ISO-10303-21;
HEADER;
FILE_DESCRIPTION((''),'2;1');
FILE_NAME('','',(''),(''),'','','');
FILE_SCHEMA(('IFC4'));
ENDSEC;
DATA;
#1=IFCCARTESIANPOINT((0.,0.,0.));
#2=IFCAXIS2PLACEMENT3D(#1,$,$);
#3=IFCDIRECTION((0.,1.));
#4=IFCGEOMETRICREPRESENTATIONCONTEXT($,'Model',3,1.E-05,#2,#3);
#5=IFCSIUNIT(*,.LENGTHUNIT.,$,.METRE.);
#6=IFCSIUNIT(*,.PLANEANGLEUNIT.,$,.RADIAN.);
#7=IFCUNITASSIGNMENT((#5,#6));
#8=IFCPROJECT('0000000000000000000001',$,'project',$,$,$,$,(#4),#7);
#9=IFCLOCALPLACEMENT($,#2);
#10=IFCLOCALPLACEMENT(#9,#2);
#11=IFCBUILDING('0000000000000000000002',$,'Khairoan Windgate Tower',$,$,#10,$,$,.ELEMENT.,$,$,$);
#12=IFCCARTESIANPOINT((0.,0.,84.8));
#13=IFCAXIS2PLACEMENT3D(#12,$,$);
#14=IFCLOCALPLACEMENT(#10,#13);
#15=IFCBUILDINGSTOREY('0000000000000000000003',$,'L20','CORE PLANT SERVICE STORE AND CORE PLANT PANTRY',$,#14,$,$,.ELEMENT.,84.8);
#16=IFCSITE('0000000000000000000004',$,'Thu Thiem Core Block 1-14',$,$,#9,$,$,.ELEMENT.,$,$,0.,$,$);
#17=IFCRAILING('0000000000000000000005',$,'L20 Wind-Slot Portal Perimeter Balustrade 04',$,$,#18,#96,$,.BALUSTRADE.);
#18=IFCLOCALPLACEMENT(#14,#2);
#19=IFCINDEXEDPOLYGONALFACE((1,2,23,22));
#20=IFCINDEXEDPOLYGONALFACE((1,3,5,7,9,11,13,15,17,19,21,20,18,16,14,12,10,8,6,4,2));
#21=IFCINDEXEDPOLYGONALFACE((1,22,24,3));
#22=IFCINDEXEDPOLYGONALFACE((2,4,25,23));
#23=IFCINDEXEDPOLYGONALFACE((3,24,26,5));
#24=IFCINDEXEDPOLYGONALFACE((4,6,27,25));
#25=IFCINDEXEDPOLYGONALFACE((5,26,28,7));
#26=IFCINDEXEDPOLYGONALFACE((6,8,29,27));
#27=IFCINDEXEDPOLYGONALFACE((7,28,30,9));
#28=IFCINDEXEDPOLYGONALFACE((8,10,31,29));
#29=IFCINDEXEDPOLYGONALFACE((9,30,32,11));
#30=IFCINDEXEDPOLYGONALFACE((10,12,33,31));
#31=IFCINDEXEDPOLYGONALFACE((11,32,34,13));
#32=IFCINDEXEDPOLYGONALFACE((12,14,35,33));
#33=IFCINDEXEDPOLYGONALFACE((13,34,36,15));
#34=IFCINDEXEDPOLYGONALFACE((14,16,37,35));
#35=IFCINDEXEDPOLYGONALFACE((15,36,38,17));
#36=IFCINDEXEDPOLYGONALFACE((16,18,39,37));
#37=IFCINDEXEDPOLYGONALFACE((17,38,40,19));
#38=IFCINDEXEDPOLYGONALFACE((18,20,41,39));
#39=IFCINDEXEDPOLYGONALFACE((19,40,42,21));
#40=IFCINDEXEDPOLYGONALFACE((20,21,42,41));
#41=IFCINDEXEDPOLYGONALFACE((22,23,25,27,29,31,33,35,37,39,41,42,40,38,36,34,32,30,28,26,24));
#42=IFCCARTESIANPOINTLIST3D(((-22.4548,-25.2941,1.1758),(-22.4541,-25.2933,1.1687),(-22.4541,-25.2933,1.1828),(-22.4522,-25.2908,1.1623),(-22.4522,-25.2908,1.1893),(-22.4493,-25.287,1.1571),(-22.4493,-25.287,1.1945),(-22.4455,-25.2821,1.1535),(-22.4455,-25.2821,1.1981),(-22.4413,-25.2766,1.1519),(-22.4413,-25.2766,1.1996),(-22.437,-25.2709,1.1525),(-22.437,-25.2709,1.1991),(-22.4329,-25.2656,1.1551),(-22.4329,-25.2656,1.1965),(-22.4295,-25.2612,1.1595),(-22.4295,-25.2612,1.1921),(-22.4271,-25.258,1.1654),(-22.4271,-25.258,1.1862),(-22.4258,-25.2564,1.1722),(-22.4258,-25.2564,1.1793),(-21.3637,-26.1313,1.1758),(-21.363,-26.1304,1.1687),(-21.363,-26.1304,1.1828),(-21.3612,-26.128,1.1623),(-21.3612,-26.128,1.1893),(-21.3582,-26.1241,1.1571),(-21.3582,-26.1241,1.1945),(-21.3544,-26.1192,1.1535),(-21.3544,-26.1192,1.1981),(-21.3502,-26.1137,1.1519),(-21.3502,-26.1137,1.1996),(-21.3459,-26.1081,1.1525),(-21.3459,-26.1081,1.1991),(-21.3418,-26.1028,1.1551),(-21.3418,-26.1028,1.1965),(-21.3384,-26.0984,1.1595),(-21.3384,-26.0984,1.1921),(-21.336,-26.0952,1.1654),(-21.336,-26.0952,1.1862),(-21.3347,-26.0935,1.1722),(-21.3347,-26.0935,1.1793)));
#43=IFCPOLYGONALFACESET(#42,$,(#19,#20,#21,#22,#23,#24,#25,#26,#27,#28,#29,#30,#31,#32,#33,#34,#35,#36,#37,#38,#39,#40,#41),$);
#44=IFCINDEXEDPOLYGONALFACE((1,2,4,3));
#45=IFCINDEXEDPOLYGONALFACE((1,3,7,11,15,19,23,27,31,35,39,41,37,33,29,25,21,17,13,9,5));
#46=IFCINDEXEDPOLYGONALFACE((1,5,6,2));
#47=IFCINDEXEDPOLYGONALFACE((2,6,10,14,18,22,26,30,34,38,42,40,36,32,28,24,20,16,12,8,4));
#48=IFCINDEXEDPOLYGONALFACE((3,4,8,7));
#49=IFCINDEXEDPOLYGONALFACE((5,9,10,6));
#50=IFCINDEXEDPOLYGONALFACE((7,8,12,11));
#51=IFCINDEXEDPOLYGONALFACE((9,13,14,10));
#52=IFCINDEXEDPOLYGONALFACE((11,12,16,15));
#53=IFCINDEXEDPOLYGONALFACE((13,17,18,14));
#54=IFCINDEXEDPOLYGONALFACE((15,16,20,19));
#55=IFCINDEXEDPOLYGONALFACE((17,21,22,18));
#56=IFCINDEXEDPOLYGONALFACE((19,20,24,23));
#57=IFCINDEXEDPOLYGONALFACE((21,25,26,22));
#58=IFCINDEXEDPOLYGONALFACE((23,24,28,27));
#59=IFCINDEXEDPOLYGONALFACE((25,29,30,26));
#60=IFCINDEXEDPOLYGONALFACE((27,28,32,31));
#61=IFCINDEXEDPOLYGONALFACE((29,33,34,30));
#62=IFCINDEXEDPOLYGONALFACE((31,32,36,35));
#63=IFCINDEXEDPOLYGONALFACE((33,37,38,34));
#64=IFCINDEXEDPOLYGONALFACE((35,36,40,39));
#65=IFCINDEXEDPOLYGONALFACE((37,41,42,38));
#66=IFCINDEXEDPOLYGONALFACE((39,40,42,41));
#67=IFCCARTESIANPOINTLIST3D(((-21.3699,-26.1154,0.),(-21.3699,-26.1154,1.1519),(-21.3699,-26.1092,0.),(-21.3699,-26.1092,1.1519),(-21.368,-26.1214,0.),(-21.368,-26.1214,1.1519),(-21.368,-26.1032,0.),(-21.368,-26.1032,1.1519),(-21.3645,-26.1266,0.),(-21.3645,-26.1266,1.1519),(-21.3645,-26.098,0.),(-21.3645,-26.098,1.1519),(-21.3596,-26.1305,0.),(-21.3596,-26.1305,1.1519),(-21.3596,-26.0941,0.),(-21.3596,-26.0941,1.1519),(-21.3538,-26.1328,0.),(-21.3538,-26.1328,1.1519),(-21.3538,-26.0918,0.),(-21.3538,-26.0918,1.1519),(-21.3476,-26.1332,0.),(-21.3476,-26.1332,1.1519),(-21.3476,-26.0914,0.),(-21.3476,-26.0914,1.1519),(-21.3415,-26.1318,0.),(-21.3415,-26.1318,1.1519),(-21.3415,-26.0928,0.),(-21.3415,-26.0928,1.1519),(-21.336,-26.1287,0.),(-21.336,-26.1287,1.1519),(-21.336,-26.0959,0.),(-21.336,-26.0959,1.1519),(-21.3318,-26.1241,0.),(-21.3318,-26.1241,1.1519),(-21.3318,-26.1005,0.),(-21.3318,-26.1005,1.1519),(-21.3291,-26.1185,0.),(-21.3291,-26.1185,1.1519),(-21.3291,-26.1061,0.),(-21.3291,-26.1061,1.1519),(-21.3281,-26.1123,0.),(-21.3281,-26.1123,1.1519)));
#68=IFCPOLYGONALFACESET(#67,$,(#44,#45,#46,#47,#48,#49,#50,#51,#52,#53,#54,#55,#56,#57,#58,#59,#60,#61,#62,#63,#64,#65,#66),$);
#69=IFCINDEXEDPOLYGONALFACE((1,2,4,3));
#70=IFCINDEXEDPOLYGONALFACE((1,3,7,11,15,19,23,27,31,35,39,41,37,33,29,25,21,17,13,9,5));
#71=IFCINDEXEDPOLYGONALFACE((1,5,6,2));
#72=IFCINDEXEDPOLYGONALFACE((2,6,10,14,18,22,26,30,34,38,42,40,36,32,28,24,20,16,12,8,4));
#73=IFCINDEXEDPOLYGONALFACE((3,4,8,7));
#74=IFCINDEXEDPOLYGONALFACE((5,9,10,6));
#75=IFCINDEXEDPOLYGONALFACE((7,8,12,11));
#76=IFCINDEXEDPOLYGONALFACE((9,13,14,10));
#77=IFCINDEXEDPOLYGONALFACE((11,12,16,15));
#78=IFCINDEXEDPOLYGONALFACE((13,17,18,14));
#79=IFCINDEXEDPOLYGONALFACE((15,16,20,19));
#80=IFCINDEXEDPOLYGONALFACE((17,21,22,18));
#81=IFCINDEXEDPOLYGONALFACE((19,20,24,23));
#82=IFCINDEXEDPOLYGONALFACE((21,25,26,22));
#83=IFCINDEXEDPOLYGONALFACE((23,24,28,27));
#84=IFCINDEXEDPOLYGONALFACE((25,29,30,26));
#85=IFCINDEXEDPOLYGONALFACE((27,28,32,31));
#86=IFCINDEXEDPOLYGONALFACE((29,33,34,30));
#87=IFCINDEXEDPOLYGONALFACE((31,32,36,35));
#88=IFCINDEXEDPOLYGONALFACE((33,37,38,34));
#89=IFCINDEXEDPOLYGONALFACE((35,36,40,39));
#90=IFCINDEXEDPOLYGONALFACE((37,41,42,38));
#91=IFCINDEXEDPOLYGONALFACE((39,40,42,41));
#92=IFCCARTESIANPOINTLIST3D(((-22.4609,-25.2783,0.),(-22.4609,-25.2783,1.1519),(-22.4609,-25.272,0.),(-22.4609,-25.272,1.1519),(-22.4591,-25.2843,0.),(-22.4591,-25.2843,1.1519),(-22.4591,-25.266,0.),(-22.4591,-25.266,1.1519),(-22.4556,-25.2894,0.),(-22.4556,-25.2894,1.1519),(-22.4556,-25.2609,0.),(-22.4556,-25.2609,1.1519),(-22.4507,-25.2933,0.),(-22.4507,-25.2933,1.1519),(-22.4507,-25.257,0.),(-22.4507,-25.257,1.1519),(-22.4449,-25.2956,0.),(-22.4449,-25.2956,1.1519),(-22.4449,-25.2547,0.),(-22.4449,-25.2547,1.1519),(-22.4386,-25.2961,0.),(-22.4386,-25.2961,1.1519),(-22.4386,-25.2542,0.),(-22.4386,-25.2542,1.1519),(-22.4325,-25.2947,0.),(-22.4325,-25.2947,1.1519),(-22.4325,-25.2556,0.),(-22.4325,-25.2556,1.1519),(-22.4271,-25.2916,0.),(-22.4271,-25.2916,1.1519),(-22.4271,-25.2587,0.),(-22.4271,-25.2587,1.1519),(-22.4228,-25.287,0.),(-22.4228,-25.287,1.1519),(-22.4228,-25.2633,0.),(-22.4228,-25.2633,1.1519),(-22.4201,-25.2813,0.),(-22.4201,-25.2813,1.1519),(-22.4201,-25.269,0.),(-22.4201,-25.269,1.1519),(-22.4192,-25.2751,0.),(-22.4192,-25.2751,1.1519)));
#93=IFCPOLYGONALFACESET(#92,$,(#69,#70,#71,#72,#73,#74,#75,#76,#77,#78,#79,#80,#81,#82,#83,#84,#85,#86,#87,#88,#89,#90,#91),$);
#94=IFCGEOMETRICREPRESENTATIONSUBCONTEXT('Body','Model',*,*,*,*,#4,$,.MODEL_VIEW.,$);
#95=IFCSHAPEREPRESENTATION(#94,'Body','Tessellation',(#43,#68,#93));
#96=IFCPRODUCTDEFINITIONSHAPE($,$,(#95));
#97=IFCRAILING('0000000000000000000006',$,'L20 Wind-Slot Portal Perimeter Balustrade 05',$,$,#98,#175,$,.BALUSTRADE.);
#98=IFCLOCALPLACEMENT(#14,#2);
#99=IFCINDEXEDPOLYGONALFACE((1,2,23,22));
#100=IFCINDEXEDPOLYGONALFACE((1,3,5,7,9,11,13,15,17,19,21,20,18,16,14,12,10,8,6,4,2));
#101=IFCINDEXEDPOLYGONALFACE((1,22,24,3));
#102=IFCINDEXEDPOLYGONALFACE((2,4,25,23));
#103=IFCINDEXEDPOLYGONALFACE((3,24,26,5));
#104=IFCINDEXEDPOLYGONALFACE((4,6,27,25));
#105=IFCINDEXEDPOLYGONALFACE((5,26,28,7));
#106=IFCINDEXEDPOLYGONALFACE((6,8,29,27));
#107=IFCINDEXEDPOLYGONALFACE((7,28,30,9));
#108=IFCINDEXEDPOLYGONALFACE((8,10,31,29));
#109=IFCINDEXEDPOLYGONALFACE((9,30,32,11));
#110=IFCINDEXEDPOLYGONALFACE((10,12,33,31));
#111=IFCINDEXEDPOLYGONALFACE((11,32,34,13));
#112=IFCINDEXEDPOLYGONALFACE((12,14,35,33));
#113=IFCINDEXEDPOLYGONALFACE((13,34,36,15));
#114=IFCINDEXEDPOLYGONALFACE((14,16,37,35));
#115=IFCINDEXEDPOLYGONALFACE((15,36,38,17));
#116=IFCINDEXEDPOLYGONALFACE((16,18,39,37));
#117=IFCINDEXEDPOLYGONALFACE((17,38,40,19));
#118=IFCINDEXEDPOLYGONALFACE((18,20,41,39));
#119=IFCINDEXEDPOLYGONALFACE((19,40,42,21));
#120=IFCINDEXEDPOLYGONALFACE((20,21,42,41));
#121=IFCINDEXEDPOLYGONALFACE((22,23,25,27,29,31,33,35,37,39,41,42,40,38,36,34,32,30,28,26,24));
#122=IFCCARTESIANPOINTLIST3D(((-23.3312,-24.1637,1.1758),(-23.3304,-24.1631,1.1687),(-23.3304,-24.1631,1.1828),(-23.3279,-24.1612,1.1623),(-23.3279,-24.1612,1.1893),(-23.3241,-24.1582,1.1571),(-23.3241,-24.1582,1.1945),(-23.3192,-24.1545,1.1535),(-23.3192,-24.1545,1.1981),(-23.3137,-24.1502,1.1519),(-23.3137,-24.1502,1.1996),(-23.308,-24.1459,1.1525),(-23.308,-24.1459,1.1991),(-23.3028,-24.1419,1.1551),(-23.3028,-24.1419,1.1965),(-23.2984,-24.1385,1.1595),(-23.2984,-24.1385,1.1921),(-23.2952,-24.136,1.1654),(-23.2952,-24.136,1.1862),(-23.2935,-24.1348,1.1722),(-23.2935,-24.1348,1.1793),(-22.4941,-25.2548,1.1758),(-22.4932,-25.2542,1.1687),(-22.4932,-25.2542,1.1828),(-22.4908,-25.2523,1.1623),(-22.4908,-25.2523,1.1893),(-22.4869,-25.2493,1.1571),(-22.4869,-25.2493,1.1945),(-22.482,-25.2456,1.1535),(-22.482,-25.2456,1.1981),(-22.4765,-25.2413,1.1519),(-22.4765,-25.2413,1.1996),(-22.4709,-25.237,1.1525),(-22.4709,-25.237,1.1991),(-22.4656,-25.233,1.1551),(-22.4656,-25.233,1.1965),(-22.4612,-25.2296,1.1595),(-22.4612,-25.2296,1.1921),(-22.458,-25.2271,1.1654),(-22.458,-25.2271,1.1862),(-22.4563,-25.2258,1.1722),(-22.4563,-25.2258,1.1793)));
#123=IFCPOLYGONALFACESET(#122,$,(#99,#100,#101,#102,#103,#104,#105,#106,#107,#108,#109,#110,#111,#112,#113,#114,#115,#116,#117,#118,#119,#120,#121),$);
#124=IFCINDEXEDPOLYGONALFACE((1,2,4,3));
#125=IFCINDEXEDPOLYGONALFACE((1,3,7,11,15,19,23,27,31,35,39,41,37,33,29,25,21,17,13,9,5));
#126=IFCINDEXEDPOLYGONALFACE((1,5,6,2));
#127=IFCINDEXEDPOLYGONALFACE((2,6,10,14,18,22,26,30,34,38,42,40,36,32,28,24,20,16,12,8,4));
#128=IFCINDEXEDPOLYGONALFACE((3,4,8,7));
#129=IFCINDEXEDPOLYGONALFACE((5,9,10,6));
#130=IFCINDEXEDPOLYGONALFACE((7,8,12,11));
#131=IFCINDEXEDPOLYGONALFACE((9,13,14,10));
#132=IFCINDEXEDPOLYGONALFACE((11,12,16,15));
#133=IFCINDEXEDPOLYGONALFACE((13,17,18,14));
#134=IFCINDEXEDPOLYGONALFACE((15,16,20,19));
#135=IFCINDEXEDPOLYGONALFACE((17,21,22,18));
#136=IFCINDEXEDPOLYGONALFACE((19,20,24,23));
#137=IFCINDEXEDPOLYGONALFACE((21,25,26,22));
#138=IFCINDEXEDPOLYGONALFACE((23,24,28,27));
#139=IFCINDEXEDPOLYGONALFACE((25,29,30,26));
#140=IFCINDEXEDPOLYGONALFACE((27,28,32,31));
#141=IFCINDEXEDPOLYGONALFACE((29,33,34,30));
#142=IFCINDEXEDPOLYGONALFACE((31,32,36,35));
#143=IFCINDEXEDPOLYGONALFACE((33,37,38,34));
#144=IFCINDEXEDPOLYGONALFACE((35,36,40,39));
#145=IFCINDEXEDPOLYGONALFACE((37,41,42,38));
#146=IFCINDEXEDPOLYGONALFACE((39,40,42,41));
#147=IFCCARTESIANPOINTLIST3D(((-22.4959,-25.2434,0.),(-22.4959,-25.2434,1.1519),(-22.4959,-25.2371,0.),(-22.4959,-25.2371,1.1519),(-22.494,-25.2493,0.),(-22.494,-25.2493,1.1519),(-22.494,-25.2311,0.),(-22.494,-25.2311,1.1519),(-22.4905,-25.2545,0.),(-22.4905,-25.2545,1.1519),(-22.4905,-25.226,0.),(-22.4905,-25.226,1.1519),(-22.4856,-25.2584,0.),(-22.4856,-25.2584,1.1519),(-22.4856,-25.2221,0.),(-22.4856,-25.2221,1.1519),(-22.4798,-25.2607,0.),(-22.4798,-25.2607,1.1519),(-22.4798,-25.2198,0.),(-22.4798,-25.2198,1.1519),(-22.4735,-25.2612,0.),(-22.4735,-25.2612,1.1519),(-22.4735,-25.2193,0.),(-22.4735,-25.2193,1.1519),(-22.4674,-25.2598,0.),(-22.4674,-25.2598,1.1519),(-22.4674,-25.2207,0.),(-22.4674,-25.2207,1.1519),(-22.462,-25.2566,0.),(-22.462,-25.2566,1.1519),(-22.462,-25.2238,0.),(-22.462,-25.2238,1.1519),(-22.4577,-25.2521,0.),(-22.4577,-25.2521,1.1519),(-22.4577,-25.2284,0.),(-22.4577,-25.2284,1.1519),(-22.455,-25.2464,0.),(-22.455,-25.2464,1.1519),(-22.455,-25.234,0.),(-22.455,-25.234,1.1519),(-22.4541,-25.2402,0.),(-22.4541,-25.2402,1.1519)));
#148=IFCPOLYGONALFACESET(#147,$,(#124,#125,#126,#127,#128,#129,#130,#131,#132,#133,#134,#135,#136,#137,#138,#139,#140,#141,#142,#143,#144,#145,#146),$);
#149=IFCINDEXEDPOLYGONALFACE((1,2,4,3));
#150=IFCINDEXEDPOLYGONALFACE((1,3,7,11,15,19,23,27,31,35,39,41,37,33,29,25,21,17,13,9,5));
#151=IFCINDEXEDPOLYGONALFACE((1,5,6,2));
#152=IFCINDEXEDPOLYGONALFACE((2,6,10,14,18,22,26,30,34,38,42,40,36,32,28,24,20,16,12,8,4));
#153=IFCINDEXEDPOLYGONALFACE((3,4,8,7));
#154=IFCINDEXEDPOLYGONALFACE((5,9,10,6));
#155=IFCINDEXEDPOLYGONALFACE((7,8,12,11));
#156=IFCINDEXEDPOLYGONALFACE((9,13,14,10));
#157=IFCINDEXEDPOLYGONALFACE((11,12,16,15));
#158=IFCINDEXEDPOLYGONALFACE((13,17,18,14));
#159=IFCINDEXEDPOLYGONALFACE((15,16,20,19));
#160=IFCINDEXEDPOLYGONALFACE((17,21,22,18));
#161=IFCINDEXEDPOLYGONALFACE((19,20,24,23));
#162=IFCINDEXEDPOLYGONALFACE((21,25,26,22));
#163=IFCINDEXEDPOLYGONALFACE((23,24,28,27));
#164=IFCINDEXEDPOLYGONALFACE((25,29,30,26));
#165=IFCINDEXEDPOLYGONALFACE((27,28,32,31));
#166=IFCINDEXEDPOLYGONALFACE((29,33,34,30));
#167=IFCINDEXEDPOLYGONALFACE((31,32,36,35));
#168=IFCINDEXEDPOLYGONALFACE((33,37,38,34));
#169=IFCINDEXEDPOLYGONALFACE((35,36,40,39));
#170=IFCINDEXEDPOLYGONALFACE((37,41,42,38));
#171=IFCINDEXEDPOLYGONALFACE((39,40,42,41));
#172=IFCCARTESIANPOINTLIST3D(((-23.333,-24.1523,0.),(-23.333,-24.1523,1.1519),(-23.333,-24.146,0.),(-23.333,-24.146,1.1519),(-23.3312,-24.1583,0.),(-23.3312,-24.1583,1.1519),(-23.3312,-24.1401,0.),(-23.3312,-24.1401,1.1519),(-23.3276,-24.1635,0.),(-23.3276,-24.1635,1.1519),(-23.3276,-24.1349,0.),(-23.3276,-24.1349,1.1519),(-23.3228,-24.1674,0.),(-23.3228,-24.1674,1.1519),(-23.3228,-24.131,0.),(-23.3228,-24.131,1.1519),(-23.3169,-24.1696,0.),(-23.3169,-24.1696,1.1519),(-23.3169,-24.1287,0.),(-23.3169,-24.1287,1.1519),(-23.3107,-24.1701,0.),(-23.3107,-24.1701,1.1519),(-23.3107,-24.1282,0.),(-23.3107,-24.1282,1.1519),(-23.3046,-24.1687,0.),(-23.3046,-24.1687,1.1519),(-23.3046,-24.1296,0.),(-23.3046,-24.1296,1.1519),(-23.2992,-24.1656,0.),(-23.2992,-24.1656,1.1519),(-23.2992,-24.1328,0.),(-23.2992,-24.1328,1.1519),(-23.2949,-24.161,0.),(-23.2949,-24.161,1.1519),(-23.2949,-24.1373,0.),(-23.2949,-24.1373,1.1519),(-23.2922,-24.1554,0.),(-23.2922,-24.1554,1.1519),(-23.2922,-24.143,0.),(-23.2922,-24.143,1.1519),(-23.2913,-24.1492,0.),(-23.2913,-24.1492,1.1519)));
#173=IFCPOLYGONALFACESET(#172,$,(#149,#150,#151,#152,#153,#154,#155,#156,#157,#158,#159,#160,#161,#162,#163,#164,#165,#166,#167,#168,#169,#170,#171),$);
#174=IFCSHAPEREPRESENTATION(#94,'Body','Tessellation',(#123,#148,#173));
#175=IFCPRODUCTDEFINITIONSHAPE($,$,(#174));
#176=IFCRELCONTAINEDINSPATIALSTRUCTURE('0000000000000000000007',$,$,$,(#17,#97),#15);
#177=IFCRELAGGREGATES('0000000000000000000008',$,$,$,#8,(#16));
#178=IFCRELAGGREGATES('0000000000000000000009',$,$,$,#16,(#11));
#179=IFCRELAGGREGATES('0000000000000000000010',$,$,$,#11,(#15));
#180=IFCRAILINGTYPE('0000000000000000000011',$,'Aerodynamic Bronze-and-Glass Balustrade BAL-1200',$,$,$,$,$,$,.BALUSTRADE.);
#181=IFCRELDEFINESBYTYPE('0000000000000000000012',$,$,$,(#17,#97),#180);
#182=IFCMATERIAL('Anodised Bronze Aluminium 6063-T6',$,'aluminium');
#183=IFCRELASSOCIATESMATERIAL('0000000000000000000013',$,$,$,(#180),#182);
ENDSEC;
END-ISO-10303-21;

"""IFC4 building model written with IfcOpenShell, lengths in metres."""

from ifc_helpers import new_model, si_unit, direction, frame, origin, origin_2d, place, context, subcontext, project, spatial, circle, extrude, material, type_object, element, save


model = new_model("IFC4")

# Units and contexts
model_context = context("Model", 3, precision=1e-05, world=origin(), true_north=direction((0.0, 1.0)))
body_context = subcontext(model_context, "Body", "Model", "MODEL_VIEW")
ifc_project = project(units=[si_unit("LENGTHUNIT", "METRE"), si_unit("PLANEANGLEUNIT", "RADIAN")], contexts=[model_context])

# Site, building, storey
site_placement = place(None, origin())
site = spatial("IfcSite", under=ifc_project, at=site_placement, Name="Thu Thiem Core Block 1-14", CompositionType="ELEMENT", RefElevation=0.0)
building_placement = place(site_placement, origin())
building = spatial("IfcBuilding", under=site, at=building_placement, Name="Khairoan Windgate Tower", CompositionType="ELEMENT")
storey_placement = place(building_placement, frame((0.0, 0.0, 84.8)))
storey = spatial("IfcBuildingStorey", under=building, at=storey_placement, Name="L20", Description="CORE PLANT SERVICE STORE AND CORE PLANT PANTRY", CompositionType="ELEMENT", Elevation=84.8)

# Railings
ifc_material_1 = material(Name="Anodised Bronze Aluminium 6063-T6", Category="aluminium")
railing_type = type_object("IfcRailingType", Name="Aerodynamic Bronze-and-Glass Balustrade BAL-1200", PredefinedType="BALUSTRADE", material=ifc_material_1)
railing_1_placement = place(storey_placement, frame((-21.3491, -26.1123, 0.0)))
element("IfcRailing", 1, at=railing_1_placement, inside=storey, type_object=railing_type, Name="L20 Wind-Slot Portal Perimeter Balustrade 04", PredefinedType="BALUSTRADE", context=body_context, shape_type="SweptSolid", body=[
    extrude(circle(Radius=0.0239, at=origin_2d()), frame((0.0, 0.0, 1.1758), z_axis=(-0.793369, 0.608741, 0.0), x_axis=(-0.608741, -0.793369, 0.0)), (0.0, 0.0, 1.0), 1.3752),
    extrude(circle(Radius=0.021, at=origin_2d()), origin(), (0.0, 0.0, 1.0), 1.1519),
    extrude(circle(Radius=0.021, at=origin_2d()), frame((-1.0911, 0.8372, 0.0)), (0.0, 0.0, 1.0), 1.1519),
])
railing_2_placement = place(storey_placement, frame((-22.4751, -25.2402, 0.0)))
element("IfcRailing", 2, at=railing_2_placement, inside=storey, type_object=railing_type, Name="L20 Wind-Slot Portal Perimeter Balustrade 05", PredefinedType="BALUSTRADE", context=body_context, shape_type="SweptSolid", body=[
    extrude(circle(Radius=0.0239, at=origin_2d()), frame((0.0, 0.0, 1.1758), z_axis=(-0.608741, 0.793369, 0.0), x_axis=(-0.793369, -0.608741, 0.0)), (0.0, 0.0, 1.0), 1.3752),
    extrude(circle(Radius=0.021, at=origin_2d()), origin(), (0.0, 0.0, 1.0), 1.1519),
    extrude(circle(Radius=0.021, at=origin_2d()), frame((-0.8372, 1.0911, 0.0)), (0.0, 0.0, 1.0), 1.1519),
])

save(model, "model.ifc")
